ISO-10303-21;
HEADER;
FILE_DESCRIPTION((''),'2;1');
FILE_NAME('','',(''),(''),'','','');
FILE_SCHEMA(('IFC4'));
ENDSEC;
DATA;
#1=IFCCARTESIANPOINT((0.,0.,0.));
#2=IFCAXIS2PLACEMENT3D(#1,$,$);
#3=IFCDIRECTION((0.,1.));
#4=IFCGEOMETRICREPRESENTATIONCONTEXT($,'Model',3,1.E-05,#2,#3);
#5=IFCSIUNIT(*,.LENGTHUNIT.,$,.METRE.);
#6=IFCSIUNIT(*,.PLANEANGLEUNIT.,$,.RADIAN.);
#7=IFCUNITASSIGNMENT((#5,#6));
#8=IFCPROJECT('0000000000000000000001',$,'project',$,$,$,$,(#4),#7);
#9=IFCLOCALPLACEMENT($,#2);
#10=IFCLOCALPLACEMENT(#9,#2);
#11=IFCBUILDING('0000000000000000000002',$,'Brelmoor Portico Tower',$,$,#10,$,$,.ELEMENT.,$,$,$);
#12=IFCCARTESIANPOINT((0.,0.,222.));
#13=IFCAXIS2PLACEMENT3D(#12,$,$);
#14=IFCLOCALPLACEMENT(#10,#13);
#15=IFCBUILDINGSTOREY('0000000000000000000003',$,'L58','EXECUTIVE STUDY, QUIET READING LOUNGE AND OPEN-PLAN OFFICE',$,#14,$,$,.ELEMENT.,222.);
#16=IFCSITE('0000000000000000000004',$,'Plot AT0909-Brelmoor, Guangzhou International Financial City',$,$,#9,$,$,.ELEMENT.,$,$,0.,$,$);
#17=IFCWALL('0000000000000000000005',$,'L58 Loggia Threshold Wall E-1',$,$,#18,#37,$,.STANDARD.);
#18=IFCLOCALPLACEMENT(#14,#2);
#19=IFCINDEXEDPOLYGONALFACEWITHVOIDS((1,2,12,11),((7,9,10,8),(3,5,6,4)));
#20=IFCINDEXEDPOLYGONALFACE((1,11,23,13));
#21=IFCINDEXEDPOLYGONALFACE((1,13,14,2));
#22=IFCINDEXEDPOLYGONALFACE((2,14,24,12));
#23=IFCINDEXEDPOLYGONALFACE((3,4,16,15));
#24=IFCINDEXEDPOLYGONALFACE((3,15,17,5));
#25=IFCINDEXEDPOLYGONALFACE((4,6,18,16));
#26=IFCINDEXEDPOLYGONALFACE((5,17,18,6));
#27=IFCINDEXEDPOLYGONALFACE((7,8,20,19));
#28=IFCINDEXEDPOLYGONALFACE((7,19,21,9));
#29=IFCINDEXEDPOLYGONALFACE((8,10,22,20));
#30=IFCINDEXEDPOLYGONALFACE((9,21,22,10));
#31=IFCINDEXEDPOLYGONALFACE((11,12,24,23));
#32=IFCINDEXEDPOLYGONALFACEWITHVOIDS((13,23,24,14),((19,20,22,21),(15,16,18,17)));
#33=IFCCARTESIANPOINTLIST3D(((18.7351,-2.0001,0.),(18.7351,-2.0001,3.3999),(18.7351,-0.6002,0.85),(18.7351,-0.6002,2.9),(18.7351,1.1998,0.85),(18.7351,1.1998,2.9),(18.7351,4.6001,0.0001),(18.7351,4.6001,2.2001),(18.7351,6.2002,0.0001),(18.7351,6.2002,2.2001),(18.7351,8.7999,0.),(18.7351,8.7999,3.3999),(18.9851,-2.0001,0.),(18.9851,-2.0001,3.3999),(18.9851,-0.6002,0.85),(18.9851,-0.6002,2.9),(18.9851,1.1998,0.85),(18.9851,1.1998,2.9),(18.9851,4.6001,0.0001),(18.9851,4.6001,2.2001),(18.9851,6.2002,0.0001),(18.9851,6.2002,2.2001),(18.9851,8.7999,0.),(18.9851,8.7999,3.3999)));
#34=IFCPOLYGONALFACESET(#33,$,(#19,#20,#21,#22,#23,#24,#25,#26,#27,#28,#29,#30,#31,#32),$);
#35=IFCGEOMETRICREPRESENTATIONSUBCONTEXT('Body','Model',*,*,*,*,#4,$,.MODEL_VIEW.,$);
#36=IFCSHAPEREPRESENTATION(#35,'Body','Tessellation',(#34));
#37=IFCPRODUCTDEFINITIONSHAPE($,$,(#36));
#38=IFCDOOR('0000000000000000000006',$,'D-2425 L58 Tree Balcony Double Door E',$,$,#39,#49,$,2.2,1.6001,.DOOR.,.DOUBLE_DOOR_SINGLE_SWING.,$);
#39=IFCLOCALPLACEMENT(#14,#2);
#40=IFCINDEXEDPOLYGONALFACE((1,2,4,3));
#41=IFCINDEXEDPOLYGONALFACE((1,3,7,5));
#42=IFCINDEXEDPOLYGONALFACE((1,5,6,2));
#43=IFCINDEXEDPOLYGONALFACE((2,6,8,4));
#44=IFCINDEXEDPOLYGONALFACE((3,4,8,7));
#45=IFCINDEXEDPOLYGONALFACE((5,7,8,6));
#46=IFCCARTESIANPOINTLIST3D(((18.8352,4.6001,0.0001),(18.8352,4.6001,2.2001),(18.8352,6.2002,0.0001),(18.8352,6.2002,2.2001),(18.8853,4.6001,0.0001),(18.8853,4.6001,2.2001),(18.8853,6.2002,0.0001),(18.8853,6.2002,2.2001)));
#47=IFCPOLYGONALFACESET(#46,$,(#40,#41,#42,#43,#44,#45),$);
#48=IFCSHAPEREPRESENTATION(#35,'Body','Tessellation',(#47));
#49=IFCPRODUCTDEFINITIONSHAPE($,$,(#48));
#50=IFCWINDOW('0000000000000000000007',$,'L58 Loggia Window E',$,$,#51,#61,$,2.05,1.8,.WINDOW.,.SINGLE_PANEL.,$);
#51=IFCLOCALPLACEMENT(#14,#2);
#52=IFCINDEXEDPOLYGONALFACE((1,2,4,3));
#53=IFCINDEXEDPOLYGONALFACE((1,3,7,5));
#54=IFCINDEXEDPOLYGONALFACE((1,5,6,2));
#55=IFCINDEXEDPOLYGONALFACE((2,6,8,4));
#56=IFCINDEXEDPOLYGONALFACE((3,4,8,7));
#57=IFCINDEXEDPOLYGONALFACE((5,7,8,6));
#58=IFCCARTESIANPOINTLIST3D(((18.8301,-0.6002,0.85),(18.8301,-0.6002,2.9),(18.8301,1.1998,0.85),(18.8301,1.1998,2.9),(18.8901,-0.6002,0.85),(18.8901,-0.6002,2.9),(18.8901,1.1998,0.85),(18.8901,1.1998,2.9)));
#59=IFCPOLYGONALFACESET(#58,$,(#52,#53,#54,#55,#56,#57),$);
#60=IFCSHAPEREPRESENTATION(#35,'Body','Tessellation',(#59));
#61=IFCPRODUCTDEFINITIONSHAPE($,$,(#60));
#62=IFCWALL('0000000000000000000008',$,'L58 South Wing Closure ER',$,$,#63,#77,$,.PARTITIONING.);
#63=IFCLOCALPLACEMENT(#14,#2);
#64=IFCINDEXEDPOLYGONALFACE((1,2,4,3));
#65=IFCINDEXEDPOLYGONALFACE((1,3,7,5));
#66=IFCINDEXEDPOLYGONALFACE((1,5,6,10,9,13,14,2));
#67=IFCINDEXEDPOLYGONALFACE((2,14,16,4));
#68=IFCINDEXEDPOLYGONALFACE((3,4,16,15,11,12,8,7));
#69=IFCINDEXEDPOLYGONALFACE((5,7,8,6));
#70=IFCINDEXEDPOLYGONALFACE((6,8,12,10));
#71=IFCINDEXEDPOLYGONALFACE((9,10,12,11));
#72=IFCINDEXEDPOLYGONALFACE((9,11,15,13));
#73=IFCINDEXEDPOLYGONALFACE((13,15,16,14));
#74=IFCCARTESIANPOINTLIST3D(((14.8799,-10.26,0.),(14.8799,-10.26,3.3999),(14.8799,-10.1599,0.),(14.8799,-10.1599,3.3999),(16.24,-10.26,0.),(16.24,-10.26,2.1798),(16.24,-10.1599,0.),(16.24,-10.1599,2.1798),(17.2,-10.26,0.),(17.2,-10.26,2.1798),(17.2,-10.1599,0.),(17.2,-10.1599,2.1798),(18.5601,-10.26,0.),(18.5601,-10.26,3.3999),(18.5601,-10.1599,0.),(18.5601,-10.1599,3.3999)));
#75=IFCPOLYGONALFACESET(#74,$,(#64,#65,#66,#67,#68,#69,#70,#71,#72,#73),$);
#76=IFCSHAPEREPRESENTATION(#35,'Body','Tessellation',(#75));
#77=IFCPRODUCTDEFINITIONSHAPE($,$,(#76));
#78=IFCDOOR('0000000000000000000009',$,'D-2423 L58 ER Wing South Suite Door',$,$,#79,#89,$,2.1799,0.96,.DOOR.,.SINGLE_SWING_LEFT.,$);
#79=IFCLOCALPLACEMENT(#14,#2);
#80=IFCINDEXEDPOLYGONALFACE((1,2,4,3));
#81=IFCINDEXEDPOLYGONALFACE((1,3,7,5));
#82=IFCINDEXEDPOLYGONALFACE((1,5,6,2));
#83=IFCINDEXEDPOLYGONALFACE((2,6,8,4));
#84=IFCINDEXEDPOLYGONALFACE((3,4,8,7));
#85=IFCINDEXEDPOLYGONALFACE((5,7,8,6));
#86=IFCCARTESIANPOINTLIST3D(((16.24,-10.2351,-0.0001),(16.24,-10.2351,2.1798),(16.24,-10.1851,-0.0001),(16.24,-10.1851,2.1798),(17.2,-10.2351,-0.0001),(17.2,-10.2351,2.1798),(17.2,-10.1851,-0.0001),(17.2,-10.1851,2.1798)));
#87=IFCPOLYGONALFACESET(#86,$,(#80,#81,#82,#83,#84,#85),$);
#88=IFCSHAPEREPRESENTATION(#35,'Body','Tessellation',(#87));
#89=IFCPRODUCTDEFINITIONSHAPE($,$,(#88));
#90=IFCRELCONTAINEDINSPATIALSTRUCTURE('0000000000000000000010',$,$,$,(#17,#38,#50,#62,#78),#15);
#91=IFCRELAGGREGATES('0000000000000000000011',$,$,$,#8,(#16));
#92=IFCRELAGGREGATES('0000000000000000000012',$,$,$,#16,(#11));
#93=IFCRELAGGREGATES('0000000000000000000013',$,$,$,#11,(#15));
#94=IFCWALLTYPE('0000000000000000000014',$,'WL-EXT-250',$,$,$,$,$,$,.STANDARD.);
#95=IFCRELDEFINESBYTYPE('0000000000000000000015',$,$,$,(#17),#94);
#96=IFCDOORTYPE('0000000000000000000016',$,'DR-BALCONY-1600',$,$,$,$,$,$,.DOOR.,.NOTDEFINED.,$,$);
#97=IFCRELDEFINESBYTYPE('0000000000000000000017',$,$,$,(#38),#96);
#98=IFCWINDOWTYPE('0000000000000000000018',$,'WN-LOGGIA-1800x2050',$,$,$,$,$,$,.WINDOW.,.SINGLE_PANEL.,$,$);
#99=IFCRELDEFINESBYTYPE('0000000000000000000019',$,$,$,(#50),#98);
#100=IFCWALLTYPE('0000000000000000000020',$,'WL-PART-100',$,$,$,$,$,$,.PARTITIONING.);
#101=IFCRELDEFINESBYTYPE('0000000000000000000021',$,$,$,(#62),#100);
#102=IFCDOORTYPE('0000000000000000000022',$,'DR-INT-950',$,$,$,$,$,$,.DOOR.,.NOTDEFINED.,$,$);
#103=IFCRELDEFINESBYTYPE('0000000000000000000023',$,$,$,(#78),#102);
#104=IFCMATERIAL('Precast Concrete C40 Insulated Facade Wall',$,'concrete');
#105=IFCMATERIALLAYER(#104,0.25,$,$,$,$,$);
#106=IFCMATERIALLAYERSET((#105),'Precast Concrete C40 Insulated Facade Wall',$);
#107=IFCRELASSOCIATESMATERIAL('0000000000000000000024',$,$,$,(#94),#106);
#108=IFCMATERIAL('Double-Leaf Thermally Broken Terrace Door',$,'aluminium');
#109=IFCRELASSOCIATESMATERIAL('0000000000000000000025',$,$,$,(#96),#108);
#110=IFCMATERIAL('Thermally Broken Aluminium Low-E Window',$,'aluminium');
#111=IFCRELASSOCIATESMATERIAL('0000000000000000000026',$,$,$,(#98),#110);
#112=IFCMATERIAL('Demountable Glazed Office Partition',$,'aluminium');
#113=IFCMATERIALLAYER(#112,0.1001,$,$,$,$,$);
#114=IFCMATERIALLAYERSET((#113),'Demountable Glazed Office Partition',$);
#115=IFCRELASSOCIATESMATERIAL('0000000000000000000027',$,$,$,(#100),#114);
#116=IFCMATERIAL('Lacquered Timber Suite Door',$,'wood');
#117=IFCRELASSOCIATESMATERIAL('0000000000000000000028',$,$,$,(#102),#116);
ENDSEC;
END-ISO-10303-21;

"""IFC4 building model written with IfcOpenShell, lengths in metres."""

from ifc_helpers import new_model, si_unit, direction, frame, frame_2d, origin, place, context, subcontext, project, spatial, rectangle, extrude, material, layer, layer_set, type_object, element, fill, save


model = new_model("IFC4")

# Units and contexts
model_context = context("Model", 3, precision=1e-05, world=origin(), true_north=direction((0.0, 1.0)))
body_context = subcontext(model_context, "Body", "Model", "MODEL_VIEW")
ifc_project = project(units=[si_unit("LENGTHUNIT", "METRE"), si_unit("PLANEANGLEUNIT", "RADIAN")], contexts=[model_context])

# Site, building, storey
site_placement = place(None, origin())
site = spatial("IfcSite", under=ifc_project, at=site_placement, Name="Plot AT0909-Brelmoor, Guangzhou International Financial City", CompositionType="ELEMENT", RefElevation=0.0)
building_placement = place(site_placement, origin())
building = spatial("IfcBuilding", under=site, at=building_placement, Name="Brelmoor Portico Tower", CompositionType="ELEMENT")
storey_placement = place(building_placement, frame((0.0, 0.0, 222.0)))
storey = spatial("IfcBuildingStorey", under=building, at=storey_placement, Name="L58", Description="EXECUTIVE STUDY, QUIET READING LOUNGE AND OPEN-PLAN OFFICE", CompositionType="ELEMENT", Elevation=222.0)

# Wall, openings, door, window
ifc_material_1 = material(Name="Precast Concrete C40 Insulated Facade Wall", Category="concrete")
ifc_layer_1 = layer(ifc_material_1, 0.25)
ifc_layer_set_1 = layer_set([ifc_layer_1], Name="Precast Concrete C40 Insulated Facade Wall")
wall_type_1 = type_object("IfcWallType", Name="WL-EXT-250", PredefinedType="STANDARD", material=ifc_layer_set_1)
wall_1_placement = place(storey_placement, frame((18.8601, -2.0, 0.0), z_axis=(0.0, 0.0, 1.0), x_axis=(0.0, 1.0, 0.0)))
wall_1 = element("IfcWall", 1, at=wall_1_placement, inside=storey, type_object=wall_type_1, Name="L58 Loggia Threshold Wall E-1", PredefinedType="STANDARD", context=body_context, shape_type="SweptSolid", body=[
    extrude(rectangle(XDim=10.8, YDim=0.25, at=frame_2d((5.3999, 0.0))), origin(), (0.0, 0.0, 1.0), 3.3999),
])
opening_1_placement = place(wall_1_placement, frame((6.6001, 0.0, 0.0)))
opening_1 = element("IfcOpeningElement", 2, at=opening_1_placement, cuts=wall_1, PredefinedType="OPENING", context=body_context, shape_type="SweptSolid", body=[
    extrude(rectangle(XDim=1.6001, YDim=2.2, at=frame_2d((0.8, 1.1001))), frame((0.0, 0.135, 0.0), z_axis=(0.0, -1.0, 0.0), x_axis=(1.0, 0.0, 0.0)), (0.0, 0.0, 1.0), 0.27),
])
opening_2_placement = place(wall_1_placement, frame((1.3999, 0.0, 0.8501)))
opening_2 = element("IfcOpeningElement", 3, at=opening_2_placement, cuts=wall_1, PredefinedType="OPENING", context=body_context, shape_type="SweptSolid", body=[
    extrude(rectangle(XDim=1.8, YDim=2.05, at=frame_2d((0.8999, 1.0249))), frame((0.0, 0.135, 0.0), z_axis=(0.0, -1.0, 0.0), x_axis=(1.0, 0.0, 0.0)), (0.0, 0.0, 1.0), 0.27),
])
ifc_material_2 = material(Name="Double-Leaf Thermally Broken Terrace Door", Category="aluminium")
door_type_1 = type_object("IfcDoorType", Name="DR-BALCONY-1600", OperationType="NOTDEFINED", PredefinedType="DOOR", material=ifc_material_2)
door_1_placement = place(opening_1_placement, origin())
door_1 = element("IfcDoor", 4, at=door_1_placement, inside=storey, type_object=door_type_1, Name="D-2425 L58 Tree Balcony Double Door E", OperationType="DOUBLE_DOOR_SINGLE_SWING", OverallHeight=2.2, OverallWidth=1.6001, PredefinedType="DOOR", context=body_context, shape_type="SweptSolid", body=[
    extrude(rectangle(XDim=1.6001, YDim=2.2, at=frame_2d((0.8, 1.1001))), frame((0.0, 0.0249, 0.0), z_axis=(0.0, -1.0, 0.0), x_axis=(1.0, 0.0, 0.0)), (0.0, 0.0, 1.0), 0.05),
])
fill(opening_1, door_1)
ifc_material_3 = material(Name="Thermally Broken Aluminium Low-E Window", Category="aluminium")
window_type = type_object("IfcWindowType", Name="WN-LOGGIA-1800x2050", PartitioningType="SINGLE_PANEL", PredefinedType="WINDOW", material=ifc_material_3)
window_placement = place(opening_2_placement, origin())
window = element("IfcWindow", 5, at=window_placement, inside=storey, type_object=window_type, Name="L58 Loggia Window E", OverallHeight=2.05, OverallWidth=1.8, PartitioningType="SINGLE_PANEL", PredefinedType="WINDOW", context=body_context, shape_type="SweptSolid", body=[
    extrude(rectangle(XDim=1.8, YDim=2.05, at=frame_2d((0.8999, 1.0249))), frame((0.0, 0.03, 0.0), z_axis=(0.0, -1.0, 0.0), x_axis=(1.0, 0.0, 0.0)), (0.0, 0.0, 1.0), 0.0601),
])
fill(opening_2, window)

# Wall, opening, door
ifc_material_4 = material(Name="Demountable Glazed Office Partition", Category="aluminium")
ifc_layer_2 = layer(ifc_material_4, 0.1001)
ifc_layer_set_2 = layer_set([ifc_layer_2], Name="Demountable Glazed Office Partition")
wall_type_2 = type_object("IfcWallType", Name="WL-PART-100", PredefinedType="PARTITIONING", material=ifc_layer_set_2)
wall_2_placement = place(storey_placement, frame((14.8799, -10.21, 0.0), z_axis=(0.0, 0.0, 1.0), x_axis=(1.0, 0.0, 0.0)))
wall_2 = element("IfcWall", 6, at=wall_2_placement, inside=storey, type_object=wall_type_2, Name="L58 South Wing Closure ER", PredefinedType="PARTITIONING", context=body_context, shape_type="SweptSolid", body=[
    extrude(rectangle(XDim=3.6802, YDim=0.1001, at=frame_2d((1.8401, 0.0))), origin(), (0.0, 0.0, 1.0), 3.3999),
])
opening_3_placement = place(wall_2_placement, frame((1.3601, 0.0, 0.0)))
opening_3 = element("IfcOpeningElement", 7, at=opening_3_placement, cuts=wall_2, PredefinedType="OPENING", context=body_context, shape_type="SweptSolid", body=[
    extrude(rectangle(XDim=0.96, YDim=2.1799, at=frame_2d((0.48, 1.0898))), frame((0.0, 0.0601, 0.0), z_axis=(0.0, -1.0, 0.0), x_axis=(1.0, 0.0, 0.0)), (0.0, 0.0, 1.0), 0.1201),
])
ifc_material_5 = material(Name="Lacquered Timber Suite Door", Category="wood")
door_type_2 = type_object("IfcDoorType", Name="DR-INT-950", OperationType="NOTDEFINED", PredefinedType="DOOR", material=ifc_material_5)
door_2_placement = place(opening_3_placement, origin())
door_2 = element("IfcDoor", 8, at=door_2_placement, inside=storey, type_object=door_type_2, Name="D-2423 L58 ER Wing South Suite Door", OperationType="SINGLE_SWING_LEFT", OverallHeight=2.1799, OverallWidth=0.96, PredefinedType="DOOR", context=body_context, shape_type="SweptSolid", body=[
    extrude(rectangle(XDim=0.96, YDim=2.1799, at=frame_2d((0.48, 1.0898))), frame((0.0, 0.0249, 0.0), z_axis=(0.0, -1.0, 0.0), x_axis=(1.0, 0.0, 0.0)), (0.0, 0.0, 1.0), 0.05),
])
fill(opening_3, door_2)

save(model, "model.ifc")
